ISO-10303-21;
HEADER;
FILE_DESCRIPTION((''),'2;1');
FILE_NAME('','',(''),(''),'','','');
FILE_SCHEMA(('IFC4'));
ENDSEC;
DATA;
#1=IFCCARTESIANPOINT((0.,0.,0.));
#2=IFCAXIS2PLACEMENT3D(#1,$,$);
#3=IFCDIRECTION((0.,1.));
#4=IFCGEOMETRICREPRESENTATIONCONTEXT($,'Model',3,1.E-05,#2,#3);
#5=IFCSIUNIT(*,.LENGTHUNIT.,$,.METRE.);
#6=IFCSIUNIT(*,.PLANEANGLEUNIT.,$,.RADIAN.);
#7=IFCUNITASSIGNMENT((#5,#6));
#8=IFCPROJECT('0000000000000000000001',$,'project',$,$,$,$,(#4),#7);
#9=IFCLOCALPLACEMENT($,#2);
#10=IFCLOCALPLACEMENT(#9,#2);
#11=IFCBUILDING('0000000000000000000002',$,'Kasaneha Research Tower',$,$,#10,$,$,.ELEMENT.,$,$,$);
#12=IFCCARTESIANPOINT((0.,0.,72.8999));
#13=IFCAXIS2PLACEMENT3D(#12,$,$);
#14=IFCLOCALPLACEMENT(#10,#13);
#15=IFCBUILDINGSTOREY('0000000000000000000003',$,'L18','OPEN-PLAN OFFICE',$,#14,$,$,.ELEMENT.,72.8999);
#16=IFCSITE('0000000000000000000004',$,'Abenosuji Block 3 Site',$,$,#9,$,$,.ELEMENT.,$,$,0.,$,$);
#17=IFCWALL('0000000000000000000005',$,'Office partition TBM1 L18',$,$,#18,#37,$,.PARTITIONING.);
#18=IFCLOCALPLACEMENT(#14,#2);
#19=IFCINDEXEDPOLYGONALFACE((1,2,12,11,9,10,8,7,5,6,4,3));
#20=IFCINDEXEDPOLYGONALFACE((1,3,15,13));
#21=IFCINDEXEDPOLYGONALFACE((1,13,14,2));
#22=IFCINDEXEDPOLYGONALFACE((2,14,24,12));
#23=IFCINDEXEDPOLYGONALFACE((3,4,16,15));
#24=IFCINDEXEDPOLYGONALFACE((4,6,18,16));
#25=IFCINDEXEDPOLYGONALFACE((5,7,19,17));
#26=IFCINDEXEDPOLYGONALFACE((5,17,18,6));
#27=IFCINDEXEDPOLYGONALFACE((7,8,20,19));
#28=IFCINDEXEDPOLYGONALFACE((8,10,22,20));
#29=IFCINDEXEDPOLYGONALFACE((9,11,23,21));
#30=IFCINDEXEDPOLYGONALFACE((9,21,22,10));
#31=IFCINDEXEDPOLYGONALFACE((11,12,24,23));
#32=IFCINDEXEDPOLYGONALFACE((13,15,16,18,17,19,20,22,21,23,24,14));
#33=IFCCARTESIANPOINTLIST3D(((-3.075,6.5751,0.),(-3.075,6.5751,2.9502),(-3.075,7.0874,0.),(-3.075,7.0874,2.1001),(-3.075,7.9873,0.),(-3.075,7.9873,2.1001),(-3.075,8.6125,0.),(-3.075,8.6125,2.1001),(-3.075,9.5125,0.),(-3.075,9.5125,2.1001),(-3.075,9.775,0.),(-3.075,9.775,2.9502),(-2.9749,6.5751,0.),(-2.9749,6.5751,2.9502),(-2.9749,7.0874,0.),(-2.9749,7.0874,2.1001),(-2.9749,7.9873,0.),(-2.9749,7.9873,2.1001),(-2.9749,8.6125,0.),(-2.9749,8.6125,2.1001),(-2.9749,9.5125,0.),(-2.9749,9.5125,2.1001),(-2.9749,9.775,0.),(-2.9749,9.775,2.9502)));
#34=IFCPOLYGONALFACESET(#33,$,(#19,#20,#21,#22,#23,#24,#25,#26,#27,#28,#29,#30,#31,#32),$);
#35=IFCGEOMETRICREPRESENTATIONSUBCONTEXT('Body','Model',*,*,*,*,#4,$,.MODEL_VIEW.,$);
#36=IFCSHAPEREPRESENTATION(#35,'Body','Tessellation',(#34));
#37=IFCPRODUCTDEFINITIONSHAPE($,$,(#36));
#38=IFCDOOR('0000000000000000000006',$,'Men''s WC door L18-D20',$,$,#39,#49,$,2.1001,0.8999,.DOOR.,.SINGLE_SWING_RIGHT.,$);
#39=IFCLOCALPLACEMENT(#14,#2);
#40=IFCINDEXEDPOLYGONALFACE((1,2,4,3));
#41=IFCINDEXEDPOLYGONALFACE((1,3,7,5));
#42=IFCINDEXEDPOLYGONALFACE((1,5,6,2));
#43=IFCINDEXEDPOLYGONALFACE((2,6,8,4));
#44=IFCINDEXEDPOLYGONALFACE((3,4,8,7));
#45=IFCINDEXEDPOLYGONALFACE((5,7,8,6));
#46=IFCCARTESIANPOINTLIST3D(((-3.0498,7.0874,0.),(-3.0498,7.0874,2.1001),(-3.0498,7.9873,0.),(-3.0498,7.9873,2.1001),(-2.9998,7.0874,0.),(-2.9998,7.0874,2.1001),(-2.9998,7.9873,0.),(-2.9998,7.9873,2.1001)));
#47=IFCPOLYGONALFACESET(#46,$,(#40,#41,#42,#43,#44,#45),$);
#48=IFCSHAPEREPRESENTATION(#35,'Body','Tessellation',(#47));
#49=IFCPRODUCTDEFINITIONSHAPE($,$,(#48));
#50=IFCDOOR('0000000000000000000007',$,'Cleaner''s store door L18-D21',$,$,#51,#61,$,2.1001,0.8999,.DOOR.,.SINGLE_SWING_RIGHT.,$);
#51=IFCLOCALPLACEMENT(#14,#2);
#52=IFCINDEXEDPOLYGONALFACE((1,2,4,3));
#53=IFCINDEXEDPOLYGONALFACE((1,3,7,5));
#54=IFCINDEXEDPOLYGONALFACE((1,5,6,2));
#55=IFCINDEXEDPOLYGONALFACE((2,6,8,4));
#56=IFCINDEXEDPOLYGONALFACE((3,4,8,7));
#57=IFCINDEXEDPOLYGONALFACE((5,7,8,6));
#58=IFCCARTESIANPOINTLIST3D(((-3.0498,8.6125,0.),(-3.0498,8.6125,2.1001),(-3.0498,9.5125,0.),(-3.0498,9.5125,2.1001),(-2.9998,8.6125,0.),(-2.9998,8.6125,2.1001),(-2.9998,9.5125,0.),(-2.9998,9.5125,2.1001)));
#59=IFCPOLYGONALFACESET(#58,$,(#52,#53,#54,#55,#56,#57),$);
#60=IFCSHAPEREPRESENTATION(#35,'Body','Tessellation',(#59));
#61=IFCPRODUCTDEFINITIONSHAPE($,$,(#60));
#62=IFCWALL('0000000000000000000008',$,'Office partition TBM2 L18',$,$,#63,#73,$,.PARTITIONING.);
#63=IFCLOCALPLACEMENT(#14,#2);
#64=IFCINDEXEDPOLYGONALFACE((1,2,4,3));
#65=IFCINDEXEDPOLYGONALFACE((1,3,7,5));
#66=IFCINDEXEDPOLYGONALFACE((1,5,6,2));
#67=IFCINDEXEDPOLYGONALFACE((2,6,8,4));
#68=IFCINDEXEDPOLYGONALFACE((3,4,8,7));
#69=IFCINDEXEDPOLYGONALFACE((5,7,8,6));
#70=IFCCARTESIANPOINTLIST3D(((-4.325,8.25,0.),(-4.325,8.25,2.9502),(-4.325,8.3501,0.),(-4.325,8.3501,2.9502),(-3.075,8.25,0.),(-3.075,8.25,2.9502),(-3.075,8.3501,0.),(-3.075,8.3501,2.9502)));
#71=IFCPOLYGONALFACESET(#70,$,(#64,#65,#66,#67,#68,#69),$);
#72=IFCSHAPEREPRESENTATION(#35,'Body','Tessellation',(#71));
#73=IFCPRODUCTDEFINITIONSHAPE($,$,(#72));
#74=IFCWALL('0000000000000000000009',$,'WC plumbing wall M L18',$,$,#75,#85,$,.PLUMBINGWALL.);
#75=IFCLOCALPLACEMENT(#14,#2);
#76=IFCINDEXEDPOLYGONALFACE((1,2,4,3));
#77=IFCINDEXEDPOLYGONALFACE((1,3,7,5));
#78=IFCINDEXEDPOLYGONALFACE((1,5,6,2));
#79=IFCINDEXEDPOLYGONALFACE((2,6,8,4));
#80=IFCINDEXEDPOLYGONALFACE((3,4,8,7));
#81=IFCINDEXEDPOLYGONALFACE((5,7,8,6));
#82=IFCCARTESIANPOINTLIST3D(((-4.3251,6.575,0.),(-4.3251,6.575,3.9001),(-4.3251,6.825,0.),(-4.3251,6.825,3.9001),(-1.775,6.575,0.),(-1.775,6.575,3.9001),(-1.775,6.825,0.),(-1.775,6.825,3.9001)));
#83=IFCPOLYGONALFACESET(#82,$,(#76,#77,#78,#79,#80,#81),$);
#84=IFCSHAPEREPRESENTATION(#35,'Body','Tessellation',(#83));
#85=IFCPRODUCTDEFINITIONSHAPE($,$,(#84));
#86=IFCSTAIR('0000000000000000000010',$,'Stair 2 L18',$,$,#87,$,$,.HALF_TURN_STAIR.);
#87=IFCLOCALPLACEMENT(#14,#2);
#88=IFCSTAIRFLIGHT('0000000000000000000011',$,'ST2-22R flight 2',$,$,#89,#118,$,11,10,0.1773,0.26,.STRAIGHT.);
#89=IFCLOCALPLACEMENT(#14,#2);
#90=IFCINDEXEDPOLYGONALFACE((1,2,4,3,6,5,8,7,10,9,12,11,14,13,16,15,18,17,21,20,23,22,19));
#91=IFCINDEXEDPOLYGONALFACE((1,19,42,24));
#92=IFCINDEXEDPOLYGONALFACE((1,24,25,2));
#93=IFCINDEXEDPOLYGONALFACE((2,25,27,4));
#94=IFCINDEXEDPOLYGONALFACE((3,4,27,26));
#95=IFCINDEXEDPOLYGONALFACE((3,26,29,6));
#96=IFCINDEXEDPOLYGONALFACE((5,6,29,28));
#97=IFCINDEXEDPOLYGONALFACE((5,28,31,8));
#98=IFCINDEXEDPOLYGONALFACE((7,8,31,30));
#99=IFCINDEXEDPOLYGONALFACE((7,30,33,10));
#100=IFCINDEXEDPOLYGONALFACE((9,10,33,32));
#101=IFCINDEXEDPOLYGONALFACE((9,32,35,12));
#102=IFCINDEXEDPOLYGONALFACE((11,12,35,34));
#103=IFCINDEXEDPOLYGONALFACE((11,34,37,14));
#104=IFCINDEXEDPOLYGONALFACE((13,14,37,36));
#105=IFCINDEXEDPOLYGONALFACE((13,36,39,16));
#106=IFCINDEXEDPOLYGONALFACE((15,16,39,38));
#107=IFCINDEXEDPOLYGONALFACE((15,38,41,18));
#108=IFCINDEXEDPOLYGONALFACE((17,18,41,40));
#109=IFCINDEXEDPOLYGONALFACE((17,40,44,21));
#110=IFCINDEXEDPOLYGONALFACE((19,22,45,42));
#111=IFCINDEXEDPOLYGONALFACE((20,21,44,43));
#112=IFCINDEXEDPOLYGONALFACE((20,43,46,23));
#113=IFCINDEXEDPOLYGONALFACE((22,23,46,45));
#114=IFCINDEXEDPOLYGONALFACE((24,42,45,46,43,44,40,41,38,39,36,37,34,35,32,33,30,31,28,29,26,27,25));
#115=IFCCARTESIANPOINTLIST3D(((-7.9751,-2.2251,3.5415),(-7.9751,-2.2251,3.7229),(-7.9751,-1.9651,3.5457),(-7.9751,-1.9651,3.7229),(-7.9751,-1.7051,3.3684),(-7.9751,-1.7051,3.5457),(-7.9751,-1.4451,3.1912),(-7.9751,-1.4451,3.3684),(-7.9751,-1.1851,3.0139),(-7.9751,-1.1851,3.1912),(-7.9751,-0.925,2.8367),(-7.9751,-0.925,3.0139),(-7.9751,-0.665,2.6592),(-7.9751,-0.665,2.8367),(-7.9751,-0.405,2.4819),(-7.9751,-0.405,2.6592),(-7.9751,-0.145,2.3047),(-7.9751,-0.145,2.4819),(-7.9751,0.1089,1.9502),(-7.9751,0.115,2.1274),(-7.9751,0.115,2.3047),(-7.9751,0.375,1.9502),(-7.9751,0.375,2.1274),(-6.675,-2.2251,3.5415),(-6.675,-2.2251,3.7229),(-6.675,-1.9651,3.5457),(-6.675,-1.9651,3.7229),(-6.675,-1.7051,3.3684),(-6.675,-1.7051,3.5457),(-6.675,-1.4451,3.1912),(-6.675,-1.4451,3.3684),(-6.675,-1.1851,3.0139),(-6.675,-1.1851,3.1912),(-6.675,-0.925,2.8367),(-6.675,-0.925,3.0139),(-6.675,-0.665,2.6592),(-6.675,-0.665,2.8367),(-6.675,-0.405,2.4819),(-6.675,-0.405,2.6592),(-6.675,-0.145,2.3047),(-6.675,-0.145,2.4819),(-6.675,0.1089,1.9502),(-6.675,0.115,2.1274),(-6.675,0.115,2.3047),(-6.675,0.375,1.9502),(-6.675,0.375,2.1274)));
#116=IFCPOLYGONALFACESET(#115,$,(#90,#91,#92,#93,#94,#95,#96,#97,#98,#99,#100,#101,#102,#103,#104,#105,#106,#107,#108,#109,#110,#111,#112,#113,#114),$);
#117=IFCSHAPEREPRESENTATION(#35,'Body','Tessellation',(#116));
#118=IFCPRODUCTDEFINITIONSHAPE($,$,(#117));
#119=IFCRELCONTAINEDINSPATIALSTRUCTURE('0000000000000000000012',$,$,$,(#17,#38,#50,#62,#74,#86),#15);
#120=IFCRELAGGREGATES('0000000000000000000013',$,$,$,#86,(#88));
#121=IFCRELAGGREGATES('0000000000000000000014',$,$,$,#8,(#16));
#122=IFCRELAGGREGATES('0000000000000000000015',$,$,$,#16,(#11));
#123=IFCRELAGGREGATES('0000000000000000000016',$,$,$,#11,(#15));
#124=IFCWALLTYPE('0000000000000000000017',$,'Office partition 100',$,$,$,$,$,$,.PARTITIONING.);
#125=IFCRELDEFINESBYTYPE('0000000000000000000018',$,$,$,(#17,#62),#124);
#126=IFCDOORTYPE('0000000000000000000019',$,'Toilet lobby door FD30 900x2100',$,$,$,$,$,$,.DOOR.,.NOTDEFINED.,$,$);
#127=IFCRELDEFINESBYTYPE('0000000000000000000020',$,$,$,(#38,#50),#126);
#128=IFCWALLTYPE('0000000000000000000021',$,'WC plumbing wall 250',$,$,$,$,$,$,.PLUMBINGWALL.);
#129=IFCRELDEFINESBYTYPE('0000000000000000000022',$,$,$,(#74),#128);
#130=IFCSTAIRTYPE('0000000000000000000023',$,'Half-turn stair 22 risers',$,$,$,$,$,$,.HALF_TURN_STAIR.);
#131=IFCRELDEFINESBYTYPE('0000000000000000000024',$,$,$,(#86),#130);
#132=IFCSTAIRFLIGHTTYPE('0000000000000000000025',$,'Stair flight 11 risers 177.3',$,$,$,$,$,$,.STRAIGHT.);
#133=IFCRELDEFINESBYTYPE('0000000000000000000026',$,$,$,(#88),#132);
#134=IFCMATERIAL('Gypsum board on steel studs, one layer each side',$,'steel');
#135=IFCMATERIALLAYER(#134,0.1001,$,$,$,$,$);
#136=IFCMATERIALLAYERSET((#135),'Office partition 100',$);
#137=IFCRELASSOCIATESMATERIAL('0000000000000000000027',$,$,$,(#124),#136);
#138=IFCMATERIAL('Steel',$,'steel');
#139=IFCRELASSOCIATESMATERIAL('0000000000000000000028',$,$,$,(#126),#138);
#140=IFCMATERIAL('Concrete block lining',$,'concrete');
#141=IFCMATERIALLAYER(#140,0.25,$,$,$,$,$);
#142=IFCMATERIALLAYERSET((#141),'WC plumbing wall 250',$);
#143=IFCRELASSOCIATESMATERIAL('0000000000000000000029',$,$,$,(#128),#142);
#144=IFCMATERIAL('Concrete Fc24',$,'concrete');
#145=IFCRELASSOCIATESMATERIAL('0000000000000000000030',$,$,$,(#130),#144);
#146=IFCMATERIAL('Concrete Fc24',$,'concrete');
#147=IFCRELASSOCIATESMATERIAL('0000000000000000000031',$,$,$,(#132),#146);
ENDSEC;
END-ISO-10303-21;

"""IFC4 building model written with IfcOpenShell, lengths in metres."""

from ifc_helpers import new_model, si_unit, direction, frame, frame_2d, origin, place, context, subcontext, project, spatial, polyline, rectangle, outline, extrude, material, layer, layer_set, type_object, element, fill, aggregate, save


model = new_model("IFC4")

# Units and contexts
model_context = context("Model", 3, precision=1e-05, world=origin(), true_north=direction((0.0, 1.0)))
body_context = subcontext(model_context, "Body", "Model", "MODEL_VIEW")
ifc_project = project(units=[si_unit("LENGTHUNIT", "METRE"), si_unit("PLANEANGLEUNIT", "RADIAN")], contexts=[model_context])

# Site, building, storey
site_placement = place(None, origin())
site = spatial("IfcSite", under=ifc_project, at=site_placement, Name="Abenosuji Block 3 Site", CompositionType="ELEMENT", RefElevation=0.0)
building_placement = place(site_placement, origin())
building = spatial("IfcBuilding", under=site, at=building_placement, Name="Kasaneha Research Tower", CompositionType="ELEMENT")
storey_placement = place(building_placement, frame((0.0, 0.0, 72.8999)))
storey = spatial("IfcBuildingStorey", under=building, at=storey_placement, Name="L18", Description="OPEN-PLAN OFFICE", CompositionType="ELEMENT", Elevation=72.8999)

# Wall, openings, doors
ifc_material_1 = material(Name="Gypsum board on steel studs, one layer each side", Category="steel")
ifc_layer_1 = layer(ifc_material_1, 0.1001)
ifc_layer_set_1 = layer_set([ifc_layer_1], Name="Office partition 100")
wall_type_1 = type_object("IfcWallType", Name="Office partition 100", PredefinedType="PARTITIONING", material=ifc_layer_set_1)
wall_1_placement = place(storey_placement, frame((-3.0249, 6.575, 0.0), z_axis=(0.0, 0.0, 1.0), x_axis=(0.0, 1.0, 0.0)))
wall_1 = element("IfcWall", 1, at=wall_1_placement, inside=storey, type_object=wall_type_1, Name="Office partition TBM1 L18", PredefinedType="PARTITIONING", context=body_context, shape_type="SweptSolid", body=[
    extrude(rectangle(XDim=3.2, YDim=0.1001, at=frame_2d((1.6001, 0.0))), origin(), (0.0, 0.0, 1.0), 2.9502),
])
opening_1_placement = place(wall_1_placement, frame((0.5125, 0.0, 0.0)))
opening_1 = element("IfcOpeningElement", 2, at=opening_1_placement, cuts=wall_1, PredefinedType="OPENING", context=body_context, shape_type="SweptSolid", body=[
    extrude(rectangle(XDim=0.8999, YDim=2.1001, at=frame_2d((0.45, 1.05))), frame((0.0, 0.0601, 0.0), z_axis=(0.0, -1.0, 0.0), x_axis=(1.0, 0.0, 0.0)), (0.0, 0.0, 1.0), 0.1201),
])
opening_2_placement = place(wall_1_placement, frame((2.0376, 0.0, 0.0)))
opening_2 = element("IfcOpeningElement", 3, at=opening_2_placement, cuts=wall_1, PredefinedType="OPENING", context=body_context, shape_type="SweptSolid", body=[
    extrude(rectangle(XDim=0.8999, YDim=2.1001, at=frame_2d((0.45, 1.05))), frame((0.0, 0.0601, 0.0), z_axis=(0.0, -1.0, 0.0), x_axis=(1.0, 0.0, 0.0)), (0.0, 0.0, 1.0), 0.1201),
])
ifc_material_2 = material(Name="Steel", Category="steel")
door_type_1 = type_object("IfcDoorType", Name="Toilet lobby door FD30 900x2100", OperationType="NOTDEFINED", PredefinedType="DOOR", material=ifc_material_2)
door_1_placement = place(opening_1_placement, origin())
door_1 = element("IfcDoor", 4, at=door_1_placement, inside=storey, type_object=door_type_1, Name="Men's WC door L18-D20", OperationType="SINGLE_SWING_RIGHT", OverallHeight=2.1001, OverallWidth=0.8999, PredefinedType="DOOR", context=body_context, shape_type="SweptSolid", body=[
    extrude(rectangle(XDim=0.8999, YDim=2.1001, at=frame_2d((0.45, 1.05))), frame((0.0, 0.0249, 0.0), z_axis=(0.0, -1.0, 0.0), x_axis=(1.0, 0.0, 0.0)), (0.0, 0.0, 1.0), 0.05),
])
fill(opening_1, door_1)
door_2_placement = place(opening_2_placement, origin())
door_2 = element("IfcDoor", 5, at=door_2_placement, inside=storey, type_object=door_type_1, Name="Cleaner's store door L18-D21", OperationType="SINGLE_SWING_RIGHT", OverallHeight=2.1001, OverallWidth=0.8999, PredefinedType="DOOR", context=body_context, shape_type="SweptSolid", body=[
    extrude(rectangle(XDim=0.8999, YDim=2.1001, at=frame_2d((0.45, 1.05))), frame((0.0, 0.0249, 0.0), z_axis=(0.0, -1.0, 0.0), x_axis=(1.0, 0.0, 0.0)), (0.0, 0.0, 1.0), 0.05),
])
fill(opening_2, door_2)

# Walls
wall_2_placement = place(storey_placement, frame((-3.075, 8.3, 0.0), z_axis=(0.0, 0.0, 1.0), x_axis=(-1.0, 0.0, 0.0)))
element("IfcWall", 6, at=wall_2_placement, inside=storey, type_object=wall_type_1, Name="Office partition TBM2 L18", PredefinedType="PARTITIONING", context=body_context, shape_type="SweptSolid", body=[
    extrude(rectangle(XDim=1.25, YDim=0.1001, at=frame_2d((0.625, 0.0))), origin(), (0.0, 0.0, 1.0), 2.9502),
])
ifc_material_3 = material(Name="Concrete block lining", Category="concrete")
ifc_layer_2 = layer(ifc_material_3, 0.25)
ifc_layer_set_2 = layer_set([ifc_layer_2], Name="WC plumbing wall 250")
wall_type_2 = type_object("IfcWallType", Name="WC plumbing wall 250", PredefinedType="PLUMBINGWALL", material=ifc_layer_set_2)
wall_3_placement = place(storey_placement, frame((-4.325, 6.7, 0.0), z_axis=(0.0, 0.0, 1.0), x_axis=(1.0, 0.0, 0.0)))
element("IfcWall", 7, at=wall_3_placement, inside=storey, type_object=wall_type_2, Name="WC plumbing wall M L18", PredefinedType="PLUMBINGWALL", context=body_context, shape_type="SweptSolid", body=[
    extrude(rectangle(XDim=2.55, YDim=0.25, at=frame_2d((1.2749, 0.0))), origin(), (0.0, 0.0, 1.0), 3.9001),
])

# Stair, stair flight
ifc_material_4 = material(Name="Concrete Fc24", Category="concrete")
stair_type = type_object("IfcStairType", Name="Half-turn stair 22 risers", PredefinedType="HALF_TURN_STAIR", material=ifc_material_4)
stair_placement = place(storey_placement, origin())
stair = element("IfcStair", 8, at=stair_placement, inside=storey, type_object=stair_type, Name="Stair 2 L18", PredefinedType="HALF_TURN_STAIR")
ifc_material_5 = material(Name="Concrete Fc24", Category="concrete")
stair_flight_type = type_object("IfcStairFlightType", Name="Stair flight 11 risers 177.3", PredefinedType="STRAIGHT", material=ifc_material_5)
stair_flight_placement = place(storey_placement, frame((-7.325, 0.375, 1.9502), z_axis=(0.0, 0.0, 1.0), x_axis=(0.0, -1.0, 0.0)))
stair_flight = element("IfcStairFlight", 9, at=stair_flight_placement, type_object=stair_flight_type, Name="ST2-22R flight 2", NumberOfRisers=11, NumberOfTreads=10, PredefinedType="STRAIGHT", RiserHeight=0.1773, TreadLength=0.26, context=body_context, shape_type="SweptSolid", body=[
    extrude(outline(polyline([(0.0, 0.0), (0.0, 0.1772), (0.26, 0.1772), (0.26, 0.3545), (0.52, 0.3545), (0.52, 0.5317), (0.78, 0.5317), (0.78, 0.709), (1.04, 0.709), (1.04, 0.8865), (1.3, 0.8865), (1.3, 1.0637), (1.5601, 1.0637), (1.5601, 1.241), (1.8201, 1.241), (1.8201, 1.4182), (2.0801, 1.4182), (2.0801, 1.5955), (2.3401, 1.5955), (2.3401, 1.7727), (2.6001, 1.7727), (2.6001, 1.95), (2.6001, 1.5913), (0.2661, 0.0), (0.0, 0.0)])), frame((0.0, 0.6499, 0.0), z_axis=(0.0, -1.0, 0.0), x_axis=(1.0, 0.0, 0.0)), (0.0, 0.0, 1.0), 1.3),
])
aggregate(stair, [stair_flight])

save(model, "model.ifc")
